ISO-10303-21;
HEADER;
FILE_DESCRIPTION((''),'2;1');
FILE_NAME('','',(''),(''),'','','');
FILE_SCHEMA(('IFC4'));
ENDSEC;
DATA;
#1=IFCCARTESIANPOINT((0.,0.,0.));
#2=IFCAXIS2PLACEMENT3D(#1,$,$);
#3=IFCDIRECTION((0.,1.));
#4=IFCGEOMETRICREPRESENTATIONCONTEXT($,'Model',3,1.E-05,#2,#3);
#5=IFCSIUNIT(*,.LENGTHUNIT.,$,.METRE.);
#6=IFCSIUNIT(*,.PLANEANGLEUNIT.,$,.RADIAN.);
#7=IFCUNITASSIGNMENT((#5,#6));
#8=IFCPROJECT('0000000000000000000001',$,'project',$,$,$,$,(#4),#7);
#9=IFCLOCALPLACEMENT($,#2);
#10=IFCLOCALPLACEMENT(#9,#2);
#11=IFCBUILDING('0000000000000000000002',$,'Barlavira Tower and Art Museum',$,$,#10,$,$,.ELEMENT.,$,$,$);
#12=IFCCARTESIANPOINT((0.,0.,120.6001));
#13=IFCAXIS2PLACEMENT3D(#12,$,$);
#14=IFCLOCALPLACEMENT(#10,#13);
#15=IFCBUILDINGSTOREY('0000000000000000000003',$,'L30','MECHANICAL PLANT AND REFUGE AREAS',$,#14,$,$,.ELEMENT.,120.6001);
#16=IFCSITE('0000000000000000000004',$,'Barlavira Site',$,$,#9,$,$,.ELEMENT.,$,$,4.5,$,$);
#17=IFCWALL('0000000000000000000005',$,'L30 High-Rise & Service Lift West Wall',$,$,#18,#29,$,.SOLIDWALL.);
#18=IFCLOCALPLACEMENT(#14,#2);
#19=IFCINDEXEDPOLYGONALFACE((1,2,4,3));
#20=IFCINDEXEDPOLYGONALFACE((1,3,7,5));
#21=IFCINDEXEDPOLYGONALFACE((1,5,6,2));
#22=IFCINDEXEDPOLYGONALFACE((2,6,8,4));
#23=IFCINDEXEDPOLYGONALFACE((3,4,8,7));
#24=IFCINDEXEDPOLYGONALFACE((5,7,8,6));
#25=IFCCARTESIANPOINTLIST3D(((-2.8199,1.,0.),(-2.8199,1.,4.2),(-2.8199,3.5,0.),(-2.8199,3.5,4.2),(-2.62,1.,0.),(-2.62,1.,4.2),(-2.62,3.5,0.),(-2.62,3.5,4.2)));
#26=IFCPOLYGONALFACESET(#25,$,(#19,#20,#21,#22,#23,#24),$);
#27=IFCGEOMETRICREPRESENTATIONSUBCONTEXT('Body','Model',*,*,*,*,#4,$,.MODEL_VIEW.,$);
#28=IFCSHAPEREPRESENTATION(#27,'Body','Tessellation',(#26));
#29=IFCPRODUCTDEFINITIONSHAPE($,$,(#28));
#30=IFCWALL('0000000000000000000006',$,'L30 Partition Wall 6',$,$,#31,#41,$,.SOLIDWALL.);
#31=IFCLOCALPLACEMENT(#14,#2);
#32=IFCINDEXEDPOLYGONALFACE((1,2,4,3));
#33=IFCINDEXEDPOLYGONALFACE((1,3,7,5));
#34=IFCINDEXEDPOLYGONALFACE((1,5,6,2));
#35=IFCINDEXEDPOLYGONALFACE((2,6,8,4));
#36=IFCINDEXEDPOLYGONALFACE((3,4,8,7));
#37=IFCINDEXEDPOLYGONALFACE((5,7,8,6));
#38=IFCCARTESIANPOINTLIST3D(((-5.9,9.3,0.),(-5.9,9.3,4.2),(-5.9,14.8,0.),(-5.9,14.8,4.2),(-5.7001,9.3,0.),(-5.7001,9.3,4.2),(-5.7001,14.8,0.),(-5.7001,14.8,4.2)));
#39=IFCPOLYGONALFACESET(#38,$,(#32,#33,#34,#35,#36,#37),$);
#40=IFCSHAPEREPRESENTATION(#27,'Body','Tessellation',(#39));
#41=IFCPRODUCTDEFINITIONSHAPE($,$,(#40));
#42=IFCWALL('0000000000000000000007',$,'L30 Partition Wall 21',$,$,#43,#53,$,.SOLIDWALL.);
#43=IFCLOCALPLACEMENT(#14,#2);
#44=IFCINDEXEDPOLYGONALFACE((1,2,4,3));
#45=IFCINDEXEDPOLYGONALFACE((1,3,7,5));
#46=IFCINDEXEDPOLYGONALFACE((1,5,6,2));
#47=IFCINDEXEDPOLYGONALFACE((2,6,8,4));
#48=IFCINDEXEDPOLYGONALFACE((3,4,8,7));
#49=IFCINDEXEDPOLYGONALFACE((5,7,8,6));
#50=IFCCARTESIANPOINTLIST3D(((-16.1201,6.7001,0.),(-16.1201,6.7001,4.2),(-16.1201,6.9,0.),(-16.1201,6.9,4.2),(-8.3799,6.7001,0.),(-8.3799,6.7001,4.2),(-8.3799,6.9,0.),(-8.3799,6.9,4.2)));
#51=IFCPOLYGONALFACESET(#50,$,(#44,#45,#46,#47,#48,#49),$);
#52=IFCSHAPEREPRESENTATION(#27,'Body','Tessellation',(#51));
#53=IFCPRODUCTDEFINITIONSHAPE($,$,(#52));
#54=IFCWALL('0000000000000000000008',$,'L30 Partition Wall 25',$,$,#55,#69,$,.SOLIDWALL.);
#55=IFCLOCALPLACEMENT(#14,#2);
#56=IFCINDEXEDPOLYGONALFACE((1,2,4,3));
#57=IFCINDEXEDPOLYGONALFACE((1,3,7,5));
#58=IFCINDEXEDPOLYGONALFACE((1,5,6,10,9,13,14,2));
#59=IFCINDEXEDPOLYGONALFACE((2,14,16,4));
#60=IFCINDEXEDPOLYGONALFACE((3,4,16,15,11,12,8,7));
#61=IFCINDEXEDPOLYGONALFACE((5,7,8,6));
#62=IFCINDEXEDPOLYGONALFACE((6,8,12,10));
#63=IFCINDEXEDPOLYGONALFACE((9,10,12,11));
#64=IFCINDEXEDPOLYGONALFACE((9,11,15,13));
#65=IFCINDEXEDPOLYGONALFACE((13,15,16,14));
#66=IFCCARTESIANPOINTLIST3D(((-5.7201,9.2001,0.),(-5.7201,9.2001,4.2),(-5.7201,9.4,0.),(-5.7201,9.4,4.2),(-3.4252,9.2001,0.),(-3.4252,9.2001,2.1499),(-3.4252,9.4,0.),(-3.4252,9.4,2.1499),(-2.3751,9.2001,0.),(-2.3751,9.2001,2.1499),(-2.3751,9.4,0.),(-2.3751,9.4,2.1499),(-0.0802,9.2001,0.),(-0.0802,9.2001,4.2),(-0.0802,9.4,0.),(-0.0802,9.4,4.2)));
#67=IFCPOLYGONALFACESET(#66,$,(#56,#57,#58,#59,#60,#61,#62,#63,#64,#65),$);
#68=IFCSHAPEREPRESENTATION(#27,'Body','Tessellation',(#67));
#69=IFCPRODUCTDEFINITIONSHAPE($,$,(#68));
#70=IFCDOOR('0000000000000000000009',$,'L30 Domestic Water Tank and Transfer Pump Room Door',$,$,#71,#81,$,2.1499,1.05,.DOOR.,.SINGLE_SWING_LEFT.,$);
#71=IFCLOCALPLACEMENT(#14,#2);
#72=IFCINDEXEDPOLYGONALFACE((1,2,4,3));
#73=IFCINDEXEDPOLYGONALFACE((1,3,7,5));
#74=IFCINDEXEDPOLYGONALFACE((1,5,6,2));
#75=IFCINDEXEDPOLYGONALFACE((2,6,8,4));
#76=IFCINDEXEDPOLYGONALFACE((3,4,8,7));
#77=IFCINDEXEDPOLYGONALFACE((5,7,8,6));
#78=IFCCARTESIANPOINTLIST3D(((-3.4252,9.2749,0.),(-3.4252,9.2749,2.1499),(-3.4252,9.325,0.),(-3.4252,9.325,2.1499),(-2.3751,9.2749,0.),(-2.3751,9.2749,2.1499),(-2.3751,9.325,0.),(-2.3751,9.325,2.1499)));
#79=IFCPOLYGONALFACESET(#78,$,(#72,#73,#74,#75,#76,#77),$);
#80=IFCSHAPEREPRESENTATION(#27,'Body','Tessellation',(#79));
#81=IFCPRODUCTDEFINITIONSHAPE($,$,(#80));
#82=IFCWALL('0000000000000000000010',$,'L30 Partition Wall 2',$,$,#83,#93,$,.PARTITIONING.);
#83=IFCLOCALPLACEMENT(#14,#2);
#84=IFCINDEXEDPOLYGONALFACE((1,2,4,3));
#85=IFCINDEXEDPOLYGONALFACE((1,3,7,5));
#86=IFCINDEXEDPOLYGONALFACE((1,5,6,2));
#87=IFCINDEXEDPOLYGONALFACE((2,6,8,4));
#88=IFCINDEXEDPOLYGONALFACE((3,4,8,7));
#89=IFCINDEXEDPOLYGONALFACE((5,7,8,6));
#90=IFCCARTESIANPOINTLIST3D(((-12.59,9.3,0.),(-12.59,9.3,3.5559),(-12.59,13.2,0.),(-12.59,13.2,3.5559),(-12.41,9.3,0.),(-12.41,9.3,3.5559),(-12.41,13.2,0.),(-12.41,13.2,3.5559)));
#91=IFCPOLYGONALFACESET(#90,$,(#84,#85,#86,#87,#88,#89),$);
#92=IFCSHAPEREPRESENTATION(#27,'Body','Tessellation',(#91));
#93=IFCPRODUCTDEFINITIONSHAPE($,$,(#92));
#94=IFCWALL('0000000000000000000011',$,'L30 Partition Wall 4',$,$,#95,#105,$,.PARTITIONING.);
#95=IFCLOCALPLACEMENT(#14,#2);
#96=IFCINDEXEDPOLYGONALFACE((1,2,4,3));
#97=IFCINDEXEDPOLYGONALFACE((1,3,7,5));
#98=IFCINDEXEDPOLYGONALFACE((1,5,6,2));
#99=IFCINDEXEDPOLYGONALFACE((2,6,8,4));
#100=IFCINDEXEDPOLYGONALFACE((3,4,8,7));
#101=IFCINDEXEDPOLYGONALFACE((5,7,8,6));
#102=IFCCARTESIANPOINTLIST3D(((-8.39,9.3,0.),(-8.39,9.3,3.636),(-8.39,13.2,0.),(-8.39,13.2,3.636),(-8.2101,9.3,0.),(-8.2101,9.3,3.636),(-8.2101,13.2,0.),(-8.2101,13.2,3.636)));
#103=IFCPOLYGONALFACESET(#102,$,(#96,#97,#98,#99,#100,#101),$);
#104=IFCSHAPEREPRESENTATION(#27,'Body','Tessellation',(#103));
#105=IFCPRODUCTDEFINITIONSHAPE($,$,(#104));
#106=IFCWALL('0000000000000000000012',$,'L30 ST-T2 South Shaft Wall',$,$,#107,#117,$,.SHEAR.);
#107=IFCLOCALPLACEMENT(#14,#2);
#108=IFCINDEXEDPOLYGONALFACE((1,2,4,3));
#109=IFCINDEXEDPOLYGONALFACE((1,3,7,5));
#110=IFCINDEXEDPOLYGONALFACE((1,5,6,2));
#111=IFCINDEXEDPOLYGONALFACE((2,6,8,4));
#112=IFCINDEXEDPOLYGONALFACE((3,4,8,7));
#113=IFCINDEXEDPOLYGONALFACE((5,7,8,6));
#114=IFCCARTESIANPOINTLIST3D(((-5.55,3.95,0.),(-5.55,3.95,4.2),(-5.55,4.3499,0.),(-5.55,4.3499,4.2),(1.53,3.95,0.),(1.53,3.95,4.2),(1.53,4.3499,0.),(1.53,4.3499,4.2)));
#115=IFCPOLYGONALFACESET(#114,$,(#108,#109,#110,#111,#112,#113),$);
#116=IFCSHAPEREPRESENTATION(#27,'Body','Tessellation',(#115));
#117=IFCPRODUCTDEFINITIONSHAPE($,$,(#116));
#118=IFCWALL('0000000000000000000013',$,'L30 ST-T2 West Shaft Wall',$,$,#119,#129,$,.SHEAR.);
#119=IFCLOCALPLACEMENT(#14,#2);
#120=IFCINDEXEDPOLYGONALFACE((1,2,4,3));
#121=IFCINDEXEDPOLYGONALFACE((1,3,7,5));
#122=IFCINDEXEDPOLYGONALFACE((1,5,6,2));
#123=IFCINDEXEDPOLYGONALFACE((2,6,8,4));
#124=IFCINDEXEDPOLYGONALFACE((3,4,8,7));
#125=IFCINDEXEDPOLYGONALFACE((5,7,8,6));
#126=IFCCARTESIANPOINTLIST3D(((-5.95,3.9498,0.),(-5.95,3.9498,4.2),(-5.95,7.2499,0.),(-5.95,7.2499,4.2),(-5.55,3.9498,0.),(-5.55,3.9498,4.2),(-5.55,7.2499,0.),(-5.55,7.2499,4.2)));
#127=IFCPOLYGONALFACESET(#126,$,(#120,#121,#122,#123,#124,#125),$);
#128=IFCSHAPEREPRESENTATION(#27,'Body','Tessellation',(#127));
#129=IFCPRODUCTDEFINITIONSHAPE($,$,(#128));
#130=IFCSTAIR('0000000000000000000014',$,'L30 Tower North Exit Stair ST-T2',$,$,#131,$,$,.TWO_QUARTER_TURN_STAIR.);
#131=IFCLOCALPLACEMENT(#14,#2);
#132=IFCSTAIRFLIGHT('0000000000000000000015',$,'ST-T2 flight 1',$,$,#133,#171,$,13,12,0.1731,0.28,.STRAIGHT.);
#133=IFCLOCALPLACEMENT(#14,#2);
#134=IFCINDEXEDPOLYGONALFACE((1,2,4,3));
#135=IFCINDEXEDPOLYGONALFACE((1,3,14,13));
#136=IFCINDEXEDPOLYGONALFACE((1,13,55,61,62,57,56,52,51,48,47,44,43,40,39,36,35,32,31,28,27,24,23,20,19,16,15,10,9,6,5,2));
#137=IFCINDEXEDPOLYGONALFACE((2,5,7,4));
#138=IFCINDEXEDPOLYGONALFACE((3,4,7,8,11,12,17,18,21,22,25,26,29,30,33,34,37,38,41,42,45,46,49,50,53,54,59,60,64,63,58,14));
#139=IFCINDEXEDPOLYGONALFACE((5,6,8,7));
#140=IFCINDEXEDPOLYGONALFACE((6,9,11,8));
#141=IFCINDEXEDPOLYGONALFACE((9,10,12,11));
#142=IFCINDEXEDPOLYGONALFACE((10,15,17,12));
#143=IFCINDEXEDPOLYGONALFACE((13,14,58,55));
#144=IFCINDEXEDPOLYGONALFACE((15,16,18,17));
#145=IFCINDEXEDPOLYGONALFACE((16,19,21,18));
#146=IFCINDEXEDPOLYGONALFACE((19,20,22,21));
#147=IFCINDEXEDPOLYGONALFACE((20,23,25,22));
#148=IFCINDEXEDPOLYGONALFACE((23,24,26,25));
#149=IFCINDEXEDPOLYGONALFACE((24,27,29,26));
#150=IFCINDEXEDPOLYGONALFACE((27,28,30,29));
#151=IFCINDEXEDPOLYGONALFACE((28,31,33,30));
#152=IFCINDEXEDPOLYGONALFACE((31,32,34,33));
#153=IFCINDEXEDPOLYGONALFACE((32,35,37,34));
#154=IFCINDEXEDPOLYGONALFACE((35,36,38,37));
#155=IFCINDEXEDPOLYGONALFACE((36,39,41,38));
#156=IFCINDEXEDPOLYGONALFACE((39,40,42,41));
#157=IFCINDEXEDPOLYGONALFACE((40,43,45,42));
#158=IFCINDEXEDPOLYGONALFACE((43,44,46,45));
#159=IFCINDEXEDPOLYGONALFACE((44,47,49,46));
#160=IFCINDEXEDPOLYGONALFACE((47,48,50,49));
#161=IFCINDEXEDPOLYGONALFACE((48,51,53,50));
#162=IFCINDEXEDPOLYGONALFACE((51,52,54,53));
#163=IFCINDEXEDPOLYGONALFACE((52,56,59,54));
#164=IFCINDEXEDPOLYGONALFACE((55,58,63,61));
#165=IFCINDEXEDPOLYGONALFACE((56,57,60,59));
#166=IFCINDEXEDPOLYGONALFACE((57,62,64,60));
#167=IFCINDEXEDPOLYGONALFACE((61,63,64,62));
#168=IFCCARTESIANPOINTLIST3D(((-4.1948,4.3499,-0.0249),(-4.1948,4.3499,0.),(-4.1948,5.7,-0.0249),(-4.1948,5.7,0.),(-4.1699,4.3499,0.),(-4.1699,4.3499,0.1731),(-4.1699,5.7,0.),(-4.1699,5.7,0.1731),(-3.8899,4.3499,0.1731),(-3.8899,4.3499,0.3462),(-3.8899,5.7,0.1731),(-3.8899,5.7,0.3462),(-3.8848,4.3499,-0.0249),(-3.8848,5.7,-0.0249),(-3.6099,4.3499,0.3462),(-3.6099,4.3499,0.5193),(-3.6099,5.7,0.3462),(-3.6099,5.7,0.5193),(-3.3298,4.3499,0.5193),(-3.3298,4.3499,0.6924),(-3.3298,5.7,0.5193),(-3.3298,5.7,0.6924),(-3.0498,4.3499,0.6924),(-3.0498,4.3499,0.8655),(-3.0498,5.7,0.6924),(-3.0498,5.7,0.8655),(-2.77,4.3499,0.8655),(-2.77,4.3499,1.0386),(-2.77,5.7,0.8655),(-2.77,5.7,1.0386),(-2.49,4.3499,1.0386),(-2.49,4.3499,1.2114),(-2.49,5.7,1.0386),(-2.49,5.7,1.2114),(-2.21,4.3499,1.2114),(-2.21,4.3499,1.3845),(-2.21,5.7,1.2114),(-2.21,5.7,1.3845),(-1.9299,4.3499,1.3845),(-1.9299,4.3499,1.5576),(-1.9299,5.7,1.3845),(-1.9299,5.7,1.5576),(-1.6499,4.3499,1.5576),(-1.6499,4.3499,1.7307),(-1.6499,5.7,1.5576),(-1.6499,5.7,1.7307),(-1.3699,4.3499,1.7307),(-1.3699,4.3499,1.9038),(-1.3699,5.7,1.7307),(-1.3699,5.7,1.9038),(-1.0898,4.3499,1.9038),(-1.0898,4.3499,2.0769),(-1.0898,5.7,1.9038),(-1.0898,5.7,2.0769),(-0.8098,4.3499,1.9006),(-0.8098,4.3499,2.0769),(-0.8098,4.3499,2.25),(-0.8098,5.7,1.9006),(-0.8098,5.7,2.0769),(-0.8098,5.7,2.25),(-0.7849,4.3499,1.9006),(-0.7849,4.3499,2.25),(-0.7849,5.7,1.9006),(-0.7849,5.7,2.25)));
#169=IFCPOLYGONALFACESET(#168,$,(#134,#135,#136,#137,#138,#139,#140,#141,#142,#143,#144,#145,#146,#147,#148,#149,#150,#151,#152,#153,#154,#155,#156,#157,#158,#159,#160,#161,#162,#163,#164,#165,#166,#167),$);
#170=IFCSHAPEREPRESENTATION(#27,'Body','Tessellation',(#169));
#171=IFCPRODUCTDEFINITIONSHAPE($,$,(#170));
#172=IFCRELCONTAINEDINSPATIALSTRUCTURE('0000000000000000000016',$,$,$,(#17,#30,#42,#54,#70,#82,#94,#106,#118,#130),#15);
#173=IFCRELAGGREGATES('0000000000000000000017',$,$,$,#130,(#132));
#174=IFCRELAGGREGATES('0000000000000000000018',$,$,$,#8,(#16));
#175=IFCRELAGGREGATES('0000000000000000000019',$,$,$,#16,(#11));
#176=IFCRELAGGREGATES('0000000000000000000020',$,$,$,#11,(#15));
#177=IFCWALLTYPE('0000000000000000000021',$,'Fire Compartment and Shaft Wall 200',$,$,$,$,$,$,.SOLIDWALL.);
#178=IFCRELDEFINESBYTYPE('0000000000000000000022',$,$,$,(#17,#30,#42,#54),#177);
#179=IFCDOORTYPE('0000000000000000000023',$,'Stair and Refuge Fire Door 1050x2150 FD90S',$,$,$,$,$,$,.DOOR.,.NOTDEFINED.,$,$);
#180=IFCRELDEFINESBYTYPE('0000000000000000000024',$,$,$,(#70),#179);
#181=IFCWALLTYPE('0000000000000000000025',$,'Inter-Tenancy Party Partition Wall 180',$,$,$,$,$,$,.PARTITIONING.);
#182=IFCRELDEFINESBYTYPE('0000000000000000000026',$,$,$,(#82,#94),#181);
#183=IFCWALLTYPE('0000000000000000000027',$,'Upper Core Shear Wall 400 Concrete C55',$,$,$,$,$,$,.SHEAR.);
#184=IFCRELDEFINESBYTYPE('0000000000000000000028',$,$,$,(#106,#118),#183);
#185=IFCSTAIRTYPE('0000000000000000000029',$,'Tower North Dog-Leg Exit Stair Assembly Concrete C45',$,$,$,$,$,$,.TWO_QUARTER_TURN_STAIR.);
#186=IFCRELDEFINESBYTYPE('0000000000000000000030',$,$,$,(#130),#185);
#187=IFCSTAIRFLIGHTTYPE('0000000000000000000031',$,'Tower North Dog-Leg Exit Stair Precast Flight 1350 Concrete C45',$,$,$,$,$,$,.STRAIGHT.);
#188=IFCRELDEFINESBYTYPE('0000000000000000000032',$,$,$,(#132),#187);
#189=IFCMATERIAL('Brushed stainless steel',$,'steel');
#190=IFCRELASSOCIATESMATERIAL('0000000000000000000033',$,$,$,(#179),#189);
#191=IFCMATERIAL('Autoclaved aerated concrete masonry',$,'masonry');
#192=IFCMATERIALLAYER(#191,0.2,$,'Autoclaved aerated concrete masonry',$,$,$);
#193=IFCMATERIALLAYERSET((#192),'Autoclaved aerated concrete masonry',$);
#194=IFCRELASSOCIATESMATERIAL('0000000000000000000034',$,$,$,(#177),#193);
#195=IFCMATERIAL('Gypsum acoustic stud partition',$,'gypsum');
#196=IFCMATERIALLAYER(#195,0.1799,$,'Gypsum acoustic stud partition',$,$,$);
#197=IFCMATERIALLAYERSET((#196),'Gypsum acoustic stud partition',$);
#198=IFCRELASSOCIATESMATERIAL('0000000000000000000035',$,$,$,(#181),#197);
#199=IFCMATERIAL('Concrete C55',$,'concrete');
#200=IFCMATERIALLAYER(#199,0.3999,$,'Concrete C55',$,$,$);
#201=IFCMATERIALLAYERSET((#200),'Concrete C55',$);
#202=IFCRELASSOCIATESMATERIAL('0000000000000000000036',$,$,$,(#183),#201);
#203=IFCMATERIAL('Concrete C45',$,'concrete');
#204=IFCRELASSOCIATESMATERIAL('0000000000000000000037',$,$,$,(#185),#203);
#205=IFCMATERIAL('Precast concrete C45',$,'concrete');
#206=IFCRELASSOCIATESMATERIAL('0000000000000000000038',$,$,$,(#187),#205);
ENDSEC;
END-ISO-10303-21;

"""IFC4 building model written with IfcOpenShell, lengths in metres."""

from ifc_helpers import new_model, si_unit, direction, frame, frame_2d, origin, place, context, subcontext, project, spatial, polyline, rectangle, outline, extrude, material, layer, layer_set, type_object, element, fill, aggregate, save


model = new_model("IFC4")

# Units and contexts
model_context = context("Model", 3, precision=1e-05, world=origin(), true_north=direction((0.0, 1.0)))
body_context = subcontext(model_context, "Body", "Model", "MODEL_VIEW")
ifc_project = project(units=[si_unit("LENGTHUNIT", "METRE"), si_unit("PLANEANGLEUNIT", "RADIAN")], contexts=[model_context])

# Site, building, storey
site_placement = place(None, origin())
site = spatial("IfcSite", under=ifc_project, at=site_placement, Name="Barlavira Site", CompositionType="ELEMENT", RefElevation=4.5)
building_placement = place(site_placement, origin())
building = spatial("IfcBuilding", under=site, at=building_placement, Name="Barlavira Tower and Art Museum", CompositionType="ELEMENT")
storey_placement = place(building_placement, frame((0.0, 0.0, 120.6001)))
storey = spatial("IfcBuildingStorey", under=building, at=storey_placement, Name="L30", Description="MECHANICAL PLANT AND REFUGE AREAS", CompositionType="ELEMENT", Elevation=120.6001)

# Shared definitions
ifc_material_1 = material(Name="Brushed stainless steel", Category="steel")
door_type_1 = type_object("IfcDoorType", Name="Stair and Refuge Fire Door 1050x2150 FD90S", OperationType="NOTDEFINED", PredefinedType="DOOR", material=ifc_material_1)

# Shared definitions
ifc_material_2 = material(Name="Autoclaved aerated concrete masonry", Category="masonry")
ifc_layer_1 = layer(ifc_material_2, 0.2, Name="Autoclaved aerated concrete masonry")
ifc_layer_set_1 = layer_set([ifc_layer_1], Name="Autoclaved aerated concrete masonry")
wall_type_1 = type_object("IfcWallType", Name="Fire Compartment and Shaft Wall 200", PredefinedType="SOLIDWALL", material=ifc_layer_set_1)

# Walls
wall_1_placement = place(storey_placement, frame((-2.72, 1.0, 0.0), z_axis=(0.0, 0.0, 1.0), x_axis=(0.0, 1.0, 0.0)))
element("IfcWall", 1, at=wall_1_placement, inside=storey, type_object=wall_type_1, Name="L30 High-Rise & Service Lift West Wall", PredefinedType="SOLIDWALL", context=body_context, shape_type="SweptSolid", body=[
    extrude(rectangle(XDim=2.5, YDim=0.2, at=frame_2d((1.25, 0.0))), origin(), (0.0, 0.0, 1.0), 4.2),
])
wall_2_placement = place(storey_placement, frame((-5.8, 9.3, 0.0), z_axis=(0.0, 0.0, 1.0), x_axis=(0.0, 1.0, 0.0)))
element("IfcWall", 2, at=wall_2_placement, inside=storey, type_object=wall_type_1, Name="L30 Partition Wall 6", PredefinedType="SOLIDWALL", context=body_context, shape_type="SweptSolid", body=[
    extrude(rectangle(XDim=5.5, YDim=0.2, at=frame_2d((2.75, 0.0))), origin(), (0.0, 0.0, 1.0), 4.2),
])
wall_3_placement = place(storey_placement, frame((-16.1201, 6.8, 0.0), z_axis=(0.0, 0.0, 1.0), x_axis=(1.0, 0.0, 0.0)))
element("IfcWall", 3, at=wall_3_placement, inside=storey, type_object=wall_type_1, Name="L30 Partition Wall 21", PredefinedType="SOLIDWALL", context=body_context, shape_type="SweptSolid", body=[
    extrude(rectangle(XDim=7.7402, YDim=0.2, at=frame_2d((3.8701, 0.0))), origin(), (0.0, 0.0, 1.0), 4.2),
])

# Wall, opening, door
wall_4_placement = place(storey_placement, frame((-5.72, 9.3, 0.0), z_axis=(0.0, 0.0, 1.0), x_axis=(1.0, 0.0, 0.0)))
wall_4 = element("IfcWall", 4, at=wall_4_placement, inside=storey, type_object=wall_type_1, Name="L30 Partition Wall 25", PredefinedType="SOLIDWALL", context=body_context, shape_type="SweptSolid", body=[
    extrude(rectangle(XDim=5.6399, YDim=0.2, at=frame_2d((2.8198, 0.0))), origin(), (0.0, 0.0, 1.0), 4.2),
])
opening_1_placement = place(wall_4_placement, frame((2.2949, 0.0, 0.0)))
opening_1 = element("IfcOpeningElement", 5, at=opening_1_placement, cuts=wall_4, PredefinedType="OPENING", context=body_context, shape_type="SweptSolid", body=[
    extrude(rectangle(XDim=1.05, YDim=2.1499, at=frame_2d((0.5249, 1.075))), frame((0.0, 0.1099, 0.0), z_axis=(0.0, -1.0, 0.0), x_axis=(1.0, 0.0, 0.0)), (0.0, 0.0, 1.0), 0.22),
])
door_1_placement = place(opening_1_placement, origin())
door_1 = element("IfcDoor", 6, at=door_1_placement, inside=storey, type_object=door_type_1, Name="L30 Domestic Water Tank and Transfer Pump Room Door", OperationType="SINGLE_SWING_LEFT", OverallHeight=2.1499, OverallWidth=1.05, PredefinedType="DOOR", context=body_context, shape_type="SweptSolid", body=[
    extrude(rectangle(XDim=1.05, YDim=2.1499, at=frame_2d((0.5249, 1.075))), frame((0.0, 0.0249, 0.0), z_axis=(0.0, -1.0, 0.0), x_axis=(1.0, 0.0, 0.0)), (0.0, 0.0, 1.0), 0.05),
])
fill(opening_1, door_1)

# Walls
ifc_material_3 = material(Name="Gypsum acoustic stud partition", Category="gypsum")
ifc_layer_2 = layer(ifc_material_3, 0.1799, Name="Gypsum acoustic stud partition")
ifc_layer_set_2 = layer_set([ifc_layer_2], Name="Gypsum acoustic stud partition")
wall_type_2 = type_object("IfcWallType", Name="Inter-Tenancy Party Partition Wall 180", PredefinedType="PARTITIONING", material=ifc_layer_set_2)
wall_5_placement = place(storey_placement, frame((-12.5, 9.3, 0.0), z_axis=(0.0, 0.0, 1.0), x_axis=(0.0, 1.0, 0.0)))
element("IfcWall", 7, at=wall_5_placement, inside=storey, type_object=wall_type_2, Name="L30 Partition Wall 2", PredefinedType="PARTITIONING", context=body_context, shape_type="SweptSolid", body=[
    extrude(rectangle(XDim=3.8999, YDim=0.1799, at=frame_2d((1.95, 0.0))), origin(), (0.0, 0.0, 1.0), 3.5559),
])
wall_6_placement = place(storey_placement, frame((-8.3, 9.3, 0.0), z_axis=(0.0, 0.0, 1.0), x_axis=(0.0, 1.0, 0.0)))
element("IfcWall", 8, at=wall_6_placement, inside=storey, type_object=wall_type_2, Name="L30 Partition Wall 4", PredefinedType="PARTITIONING", context=body_context, shape_type="SweptSolid", body=[
    extrude(rectangle(XDim=3.8999, YDim=0.1799, at=frame_2d((1.95, 0.0))), origin(), (0.0, 0.0, 1.0), 3.636),
])

# Walls
ifc_material_4 = material(Name="Concrete C55", Category="concrete")
ifc_layer_3 = layer(ifc_material_4, 0.3999, Name="Concrete C55")
ifc_layer_set_3 = layer_set([ifc_layer_3], Name="Concrete C55")
wall_type_3 = type_object("IfcWallType", Name="Upper Core Shear Wall 400 Concrete C55", PredefinedType="SHEAR", material=ifc_layer_set_3)
wall_7_placement = place(storey_placement, frame((-5.55, 4.1499, 0.0), z_axis=(0.0, 0.0, 1.0), x_axis=(1.0, 0.0, 0.0)))
element("IfcWall", 9, at=wall_7_placement, inside=storey, type_object=wall_type_3, Name="L30 ST-T2 South Shaft Wall", PredefinedType="SHEAR", context=body_context, shape_type="SweptSolid", body=[
    extrude(rectangle(XDim=7.0801, YDim=0.3999, at=frame_2d((3.54, 0.0))), origin(), (0.0, 0.0, 1.0), 4.2),
])
wall_8_placement = place(storey_placement, frame((-5.75, 3.95, 0.0), z_axis=(0.0, 0.0, 1.0), x_axis=(0.0, 1.0, 0.0)))
element("IfcWall", 10, at=wall_8_placement, inside=storey, type_object=wall_type_3, Name="L30 ST-T2 West Shaft Wall", PredefinedType="SHEAR", context=body_context, shape_type="SweptSolid", body=[
    extrude(rectangle(XDim=3.3, YDim=0.3999, at=frame_2d((1.6499, 0.0))), origin(), (0.0, 0.0, 1.0), 4.2),
])

# Stair, stair flight
ifc_material_5 = material(Name="Concrete C45", Category="concrete")
stair_type = type_object("IfcStairType", Name="Tower North Dog-Leg Exit Stair Assembly Concrete C45", PredefinedType="TWO_QUARTER_TURN_STAIR", material=ifc_material_5)
stair_placement = place(storey_placement, origin())
stair = element("IfcStair", 11, at=stair_placement, inside=storey, type_object=stair_type, Name="L30 Tower North Exit Stair ST-T2", PredefinedType="TWO_QUARTER_TURN_STAIR")
ifc_material_6 = material(Name="Precast concrete C45", Category="concrete")
stair_flight_type = type_object("IfcStairFlightType", Name="Tower North Dog-Leg Exit Stair Precast Flight 1350 Concrete C45", PredefinedType="STRAIGHT", material=ifc_material_6)
stair_flight_1_placement = place(storey_placement, frame((-4.1699, 5.0249, 0.0), z_axis=(0.0, 0.0, 1.0), x_axis=(1.0, 0.0, 0.0)))
stair_flight_1 = element("IfcStairFlight", 12, at=stair_flight_1_placement, type_object=stair_flight_type, Name="ST-T2 flight 1", NumberOfRisers=13, NumberOfTreads=12, PredefinedType="STRAIGHT", RiserHeight=0.1731, TreadLength=0.28, context=body_context, shape_type="SweptSolid", body=[
    extrude(outline(polyline([(-0.0249, 0.0), (0.0, 0.0), (0.0, 0.1731), (0.28, 0.1731), (0.28, 0.3462), (0.5601, 0.3462), (0.5601, 0.5193), (0.8401, 0.5193), (0.8401, 0.6924), (1.1201, 0.6924), (1.1201, 0.8655), (1.3999, 0.8655), (1.3999, 1.0386), (1.6799, 1.0386), (1.6799, 1.2114), (1.96, 1.2114), (1.96, 1.3845), (2.24, 1.3845), (2.24, 1.5576), (2.52, 1.5576), (2.52, 1.7307), (2.8, 1.7307), (2.8, 1.9038), (3.0801, 1.9038), (3.0801, 2.0769), (3.3601, 2.0769), (3.3601, 2.25), (3.385, 2.25), (3.385, 1.9006), (3.3601, 1.9006), (0.2852, -0.0249), (-0.0249, -0.0249), (-0.0249, 0.0)])), frame((0.0, 0.675, 0.0), z_axis=(0.0, -1.0, 0.0), x_axis=(1.0, 0.0, 0.0)), (0.0, 0.0, 1.0), 1.3501),
])
aggregate(stair, [stair_flight_1])

save(model, "model.ifc")
